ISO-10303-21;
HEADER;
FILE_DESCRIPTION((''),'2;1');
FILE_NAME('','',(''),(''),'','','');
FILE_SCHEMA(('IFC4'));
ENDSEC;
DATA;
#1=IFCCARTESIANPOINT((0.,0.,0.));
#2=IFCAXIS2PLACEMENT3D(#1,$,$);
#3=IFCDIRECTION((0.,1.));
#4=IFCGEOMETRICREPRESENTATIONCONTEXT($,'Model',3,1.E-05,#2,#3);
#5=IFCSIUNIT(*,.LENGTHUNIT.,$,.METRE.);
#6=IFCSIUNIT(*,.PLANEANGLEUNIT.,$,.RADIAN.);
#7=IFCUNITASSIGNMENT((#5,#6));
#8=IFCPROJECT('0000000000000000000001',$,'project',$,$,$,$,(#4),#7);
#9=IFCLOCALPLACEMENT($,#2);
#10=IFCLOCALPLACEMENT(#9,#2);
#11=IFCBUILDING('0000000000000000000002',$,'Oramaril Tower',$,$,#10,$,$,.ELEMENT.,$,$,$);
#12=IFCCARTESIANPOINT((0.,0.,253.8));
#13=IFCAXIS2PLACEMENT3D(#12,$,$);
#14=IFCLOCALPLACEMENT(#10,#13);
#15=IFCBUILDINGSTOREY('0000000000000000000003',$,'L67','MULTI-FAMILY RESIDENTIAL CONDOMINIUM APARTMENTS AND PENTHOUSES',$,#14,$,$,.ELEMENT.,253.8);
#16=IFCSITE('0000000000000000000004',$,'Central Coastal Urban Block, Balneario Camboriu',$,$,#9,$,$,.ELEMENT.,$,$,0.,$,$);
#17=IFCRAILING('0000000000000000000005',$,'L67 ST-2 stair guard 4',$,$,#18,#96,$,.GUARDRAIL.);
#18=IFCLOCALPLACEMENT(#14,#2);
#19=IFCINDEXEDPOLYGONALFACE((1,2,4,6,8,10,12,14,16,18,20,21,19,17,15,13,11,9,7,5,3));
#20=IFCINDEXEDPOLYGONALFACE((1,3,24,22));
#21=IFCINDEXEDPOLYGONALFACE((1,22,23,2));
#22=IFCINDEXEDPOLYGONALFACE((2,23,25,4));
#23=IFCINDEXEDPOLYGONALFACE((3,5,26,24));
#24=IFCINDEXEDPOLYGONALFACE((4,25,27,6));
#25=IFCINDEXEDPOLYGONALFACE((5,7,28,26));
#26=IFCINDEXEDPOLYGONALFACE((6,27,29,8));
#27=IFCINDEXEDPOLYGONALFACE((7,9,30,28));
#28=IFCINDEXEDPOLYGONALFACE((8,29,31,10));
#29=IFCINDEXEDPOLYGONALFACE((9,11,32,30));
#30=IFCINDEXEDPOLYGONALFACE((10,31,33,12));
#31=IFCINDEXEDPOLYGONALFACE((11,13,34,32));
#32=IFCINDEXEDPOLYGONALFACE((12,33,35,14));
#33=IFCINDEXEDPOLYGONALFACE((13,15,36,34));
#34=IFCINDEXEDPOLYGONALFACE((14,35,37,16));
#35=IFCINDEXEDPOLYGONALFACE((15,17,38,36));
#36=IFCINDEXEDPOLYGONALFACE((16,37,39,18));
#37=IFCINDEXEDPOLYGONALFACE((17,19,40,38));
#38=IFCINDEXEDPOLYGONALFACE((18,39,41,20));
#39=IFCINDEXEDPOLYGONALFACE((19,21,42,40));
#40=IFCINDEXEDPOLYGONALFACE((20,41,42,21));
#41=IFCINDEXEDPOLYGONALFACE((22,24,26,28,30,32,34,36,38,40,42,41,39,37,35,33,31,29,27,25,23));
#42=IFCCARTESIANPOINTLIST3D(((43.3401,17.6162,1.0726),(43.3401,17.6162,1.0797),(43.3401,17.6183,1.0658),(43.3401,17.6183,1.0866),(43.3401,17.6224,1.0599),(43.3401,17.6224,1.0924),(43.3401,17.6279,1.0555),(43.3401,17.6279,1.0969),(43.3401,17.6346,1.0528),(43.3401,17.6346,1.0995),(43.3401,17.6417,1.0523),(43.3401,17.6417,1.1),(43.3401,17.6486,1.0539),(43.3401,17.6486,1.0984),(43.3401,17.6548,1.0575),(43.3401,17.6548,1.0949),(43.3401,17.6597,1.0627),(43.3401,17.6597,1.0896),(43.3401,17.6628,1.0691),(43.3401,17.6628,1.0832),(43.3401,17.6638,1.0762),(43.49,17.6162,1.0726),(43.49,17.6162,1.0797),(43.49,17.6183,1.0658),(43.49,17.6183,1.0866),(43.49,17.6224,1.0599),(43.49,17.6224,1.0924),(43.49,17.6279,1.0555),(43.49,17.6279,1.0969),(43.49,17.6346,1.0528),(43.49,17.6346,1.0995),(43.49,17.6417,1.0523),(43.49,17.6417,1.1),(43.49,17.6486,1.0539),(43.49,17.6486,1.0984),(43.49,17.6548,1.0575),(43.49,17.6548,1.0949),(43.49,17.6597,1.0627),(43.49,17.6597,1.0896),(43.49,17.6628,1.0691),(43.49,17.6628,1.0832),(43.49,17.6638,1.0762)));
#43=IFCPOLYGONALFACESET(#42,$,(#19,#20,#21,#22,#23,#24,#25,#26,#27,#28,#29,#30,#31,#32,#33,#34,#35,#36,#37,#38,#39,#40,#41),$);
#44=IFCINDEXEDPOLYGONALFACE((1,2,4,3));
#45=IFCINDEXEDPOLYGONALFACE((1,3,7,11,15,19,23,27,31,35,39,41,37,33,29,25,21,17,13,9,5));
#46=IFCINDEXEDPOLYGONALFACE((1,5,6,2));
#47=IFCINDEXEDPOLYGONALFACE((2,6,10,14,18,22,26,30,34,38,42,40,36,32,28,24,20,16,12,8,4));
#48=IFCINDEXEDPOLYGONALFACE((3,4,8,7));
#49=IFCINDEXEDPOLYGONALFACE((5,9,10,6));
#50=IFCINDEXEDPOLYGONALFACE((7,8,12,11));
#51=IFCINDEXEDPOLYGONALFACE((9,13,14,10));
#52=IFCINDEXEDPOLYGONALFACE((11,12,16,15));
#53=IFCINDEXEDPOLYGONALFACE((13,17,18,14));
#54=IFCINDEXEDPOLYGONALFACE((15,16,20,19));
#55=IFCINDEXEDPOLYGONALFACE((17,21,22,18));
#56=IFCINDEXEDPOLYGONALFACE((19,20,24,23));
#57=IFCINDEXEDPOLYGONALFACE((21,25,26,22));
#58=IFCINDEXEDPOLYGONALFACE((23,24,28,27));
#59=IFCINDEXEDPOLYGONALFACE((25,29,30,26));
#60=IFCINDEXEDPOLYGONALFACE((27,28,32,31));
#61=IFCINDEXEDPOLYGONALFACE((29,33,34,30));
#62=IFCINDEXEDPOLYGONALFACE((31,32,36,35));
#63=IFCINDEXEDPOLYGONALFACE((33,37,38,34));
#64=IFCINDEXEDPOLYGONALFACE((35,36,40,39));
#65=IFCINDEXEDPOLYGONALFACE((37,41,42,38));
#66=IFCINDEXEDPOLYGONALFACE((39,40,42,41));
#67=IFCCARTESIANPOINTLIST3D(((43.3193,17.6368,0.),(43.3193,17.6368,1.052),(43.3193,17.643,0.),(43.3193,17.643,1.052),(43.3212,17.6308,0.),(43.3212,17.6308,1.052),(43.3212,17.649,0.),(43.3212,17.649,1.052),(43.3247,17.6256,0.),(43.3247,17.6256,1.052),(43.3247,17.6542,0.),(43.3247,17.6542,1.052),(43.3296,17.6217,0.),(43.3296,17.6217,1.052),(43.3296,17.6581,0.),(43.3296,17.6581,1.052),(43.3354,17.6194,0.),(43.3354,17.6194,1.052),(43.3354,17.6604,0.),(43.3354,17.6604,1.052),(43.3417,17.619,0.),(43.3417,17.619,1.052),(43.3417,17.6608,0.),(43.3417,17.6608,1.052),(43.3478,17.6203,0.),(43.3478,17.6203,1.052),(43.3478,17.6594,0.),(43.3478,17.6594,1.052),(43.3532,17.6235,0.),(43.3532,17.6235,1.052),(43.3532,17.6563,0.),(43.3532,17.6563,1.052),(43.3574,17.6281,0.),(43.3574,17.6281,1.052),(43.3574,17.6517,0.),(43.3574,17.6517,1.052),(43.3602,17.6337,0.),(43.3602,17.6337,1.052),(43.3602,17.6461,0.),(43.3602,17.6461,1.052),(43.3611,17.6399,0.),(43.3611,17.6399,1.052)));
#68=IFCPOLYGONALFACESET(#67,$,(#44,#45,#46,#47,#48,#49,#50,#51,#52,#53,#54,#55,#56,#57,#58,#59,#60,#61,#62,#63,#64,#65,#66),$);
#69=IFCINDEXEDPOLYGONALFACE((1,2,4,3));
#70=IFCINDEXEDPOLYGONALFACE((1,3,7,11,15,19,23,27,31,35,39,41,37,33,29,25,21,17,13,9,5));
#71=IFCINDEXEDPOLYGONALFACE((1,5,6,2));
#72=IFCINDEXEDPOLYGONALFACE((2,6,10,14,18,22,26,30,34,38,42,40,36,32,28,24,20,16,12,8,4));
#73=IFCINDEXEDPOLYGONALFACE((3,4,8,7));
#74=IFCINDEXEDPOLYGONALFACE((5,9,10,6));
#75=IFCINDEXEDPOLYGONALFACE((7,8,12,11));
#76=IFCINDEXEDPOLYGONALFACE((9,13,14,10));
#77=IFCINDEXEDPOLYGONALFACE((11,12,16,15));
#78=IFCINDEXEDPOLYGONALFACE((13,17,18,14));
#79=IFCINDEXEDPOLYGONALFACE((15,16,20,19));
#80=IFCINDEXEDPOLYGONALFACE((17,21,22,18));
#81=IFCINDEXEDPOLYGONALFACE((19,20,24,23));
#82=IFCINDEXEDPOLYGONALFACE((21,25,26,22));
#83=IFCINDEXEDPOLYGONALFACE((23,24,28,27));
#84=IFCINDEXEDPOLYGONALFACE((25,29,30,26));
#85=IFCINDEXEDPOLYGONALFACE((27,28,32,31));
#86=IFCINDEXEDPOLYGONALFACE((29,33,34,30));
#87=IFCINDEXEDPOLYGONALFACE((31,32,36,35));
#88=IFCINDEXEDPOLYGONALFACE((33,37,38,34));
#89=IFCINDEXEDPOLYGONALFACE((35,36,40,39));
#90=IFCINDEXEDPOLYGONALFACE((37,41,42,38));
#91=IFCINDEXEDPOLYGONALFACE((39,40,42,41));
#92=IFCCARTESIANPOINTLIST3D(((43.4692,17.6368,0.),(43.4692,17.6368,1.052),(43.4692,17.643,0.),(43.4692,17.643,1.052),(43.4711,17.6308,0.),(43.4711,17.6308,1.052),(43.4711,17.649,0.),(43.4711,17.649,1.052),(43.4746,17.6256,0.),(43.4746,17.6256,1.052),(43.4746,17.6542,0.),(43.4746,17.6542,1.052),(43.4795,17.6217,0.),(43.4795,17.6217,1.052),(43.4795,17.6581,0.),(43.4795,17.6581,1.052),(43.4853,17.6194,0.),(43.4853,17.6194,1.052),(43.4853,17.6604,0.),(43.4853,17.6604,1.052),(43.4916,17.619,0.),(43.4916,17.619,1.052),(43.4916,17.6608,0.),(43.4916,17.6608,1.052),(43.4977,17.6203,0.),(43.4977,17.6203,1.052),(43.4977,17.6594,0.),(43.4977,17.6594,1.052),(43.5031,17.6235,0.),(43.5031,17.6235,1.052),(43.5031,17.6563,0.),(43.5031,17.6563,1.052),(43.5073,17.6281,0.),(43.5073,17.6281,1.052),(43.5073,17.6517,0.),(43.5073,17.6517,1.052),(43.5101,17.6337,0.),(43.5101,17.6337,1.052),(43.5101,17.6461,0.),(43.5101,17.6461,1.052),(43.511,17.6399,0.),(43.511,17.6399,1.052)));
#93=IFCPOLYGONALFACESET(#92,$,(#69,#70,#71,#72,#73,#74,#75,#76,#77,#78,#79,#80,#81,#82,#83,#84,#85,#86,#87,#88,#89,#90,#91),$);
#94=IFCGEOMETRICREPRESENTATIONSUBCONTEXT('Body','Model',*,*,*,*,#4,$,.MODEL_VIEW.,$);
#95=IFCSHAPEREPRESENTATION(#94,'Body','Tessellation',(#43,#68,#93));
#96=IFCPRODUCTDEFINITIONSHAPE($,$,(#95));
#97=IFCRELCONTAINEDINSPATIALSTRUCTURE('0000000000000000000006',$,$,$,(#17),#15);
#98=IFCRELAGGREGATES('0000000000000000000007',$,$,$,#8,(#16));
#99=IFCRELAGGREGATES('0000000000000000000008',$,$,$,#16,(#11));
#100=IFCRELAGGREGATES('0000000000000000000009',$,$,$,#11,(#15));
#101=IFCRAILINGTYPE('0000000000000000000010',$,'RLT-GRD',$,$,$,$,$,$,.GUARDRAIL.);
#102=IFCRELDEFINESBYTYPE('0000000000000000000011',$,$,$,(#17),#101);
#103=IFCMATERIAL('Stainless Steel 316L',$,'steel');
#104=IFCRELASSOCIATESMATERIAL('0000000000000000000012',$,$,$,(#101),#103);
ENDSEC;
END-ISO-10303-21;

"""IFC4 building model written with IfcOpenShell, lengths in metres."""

from ifc_helpers import new_model, si_unit, direction, frame, origin, origin_2d, place, context, subcontext, project, spatial, circle, extrude, material, type_object, element, save


model = new_model("IFC4")

# Units and contexts
model_context = context("Model", 3, precision=1e-05, world=origin(), true_north=direction((0.0, 1.0)))
body_context = subcontext(model_context, "Body", "Model", "MODEL_VIEW")
ifc_project = project(units=[si_unit("LENGTHUNIT", "METRE"), si_unit("PLANEANGLEUNIT", "RADIAN")], contexts=[model_context])

# Site, building, storey
site_placement = place(None, origin())
site = spatial("IfcSite", under=ifc_project, at=site_placement, Name="Central Coastal Urban Block, Balneario Camboriu", CompositionType="ELEMENT", RefElevation=0.0)
building_placement = place(site_placement, origin())
building = spatial("IfcBuilding", under=site, at=building_placement, Name="Oramaril Tower", CompositionType="ELEMENT")
storey_placement = place(building_placement, frame((0.0, 0.0, 253.8)))
storey = spatial("IfcBuildingStorey", under=building, at=storey_placement, Name="L67", Description="MULTI-FAMILY RESIDENTIAL CONDOMINIUM APARTMENTS AND PENTHOUSES", CompositionType="ELEMENT", Elevation=253.8)

# Railing
ifc_material_1 = material(Name="Stainless Steel 316L", Category="steel")
railing_type_1 = type_object("IfcRailingType", Name="RLT-GRD", PredefinedType="GUARDRAIL", material=ifc_material_1)
railing_1_placement = place(storey_placement, frame((43.3401, 17.6399, 0.0)))
element("IfcRailing", 1, at=railing_1_placement, inside=storey, type_object=railing_type_1, Name="L67 ST-2 stair guard 4", PredefinedType="GUARDRAIL", context=body_context, shape_type="SweptSolid", body=[
    extrude(circle(Radius=0.0239, at=origin_2d()), frame((0.0, 0.0, 1.0762), z_axis=(1.0, 0.0, 0.0), x_axis=(0.0, 1.0, 0.0)), (0.0, 0.0, 1.0), 0.1499),
    extrude(circle(Radius=0.021, at=origin_2d()), origin(), (0.0, 0.0, 1.0), 1.052),
    extrude(circle(Radius=0.021, at=origin_2d()), frame((0.1499, 0.0, 0.0)), (0.0, 0.0, 1.0), 1.052),
])

save(model, "model.ifc")
